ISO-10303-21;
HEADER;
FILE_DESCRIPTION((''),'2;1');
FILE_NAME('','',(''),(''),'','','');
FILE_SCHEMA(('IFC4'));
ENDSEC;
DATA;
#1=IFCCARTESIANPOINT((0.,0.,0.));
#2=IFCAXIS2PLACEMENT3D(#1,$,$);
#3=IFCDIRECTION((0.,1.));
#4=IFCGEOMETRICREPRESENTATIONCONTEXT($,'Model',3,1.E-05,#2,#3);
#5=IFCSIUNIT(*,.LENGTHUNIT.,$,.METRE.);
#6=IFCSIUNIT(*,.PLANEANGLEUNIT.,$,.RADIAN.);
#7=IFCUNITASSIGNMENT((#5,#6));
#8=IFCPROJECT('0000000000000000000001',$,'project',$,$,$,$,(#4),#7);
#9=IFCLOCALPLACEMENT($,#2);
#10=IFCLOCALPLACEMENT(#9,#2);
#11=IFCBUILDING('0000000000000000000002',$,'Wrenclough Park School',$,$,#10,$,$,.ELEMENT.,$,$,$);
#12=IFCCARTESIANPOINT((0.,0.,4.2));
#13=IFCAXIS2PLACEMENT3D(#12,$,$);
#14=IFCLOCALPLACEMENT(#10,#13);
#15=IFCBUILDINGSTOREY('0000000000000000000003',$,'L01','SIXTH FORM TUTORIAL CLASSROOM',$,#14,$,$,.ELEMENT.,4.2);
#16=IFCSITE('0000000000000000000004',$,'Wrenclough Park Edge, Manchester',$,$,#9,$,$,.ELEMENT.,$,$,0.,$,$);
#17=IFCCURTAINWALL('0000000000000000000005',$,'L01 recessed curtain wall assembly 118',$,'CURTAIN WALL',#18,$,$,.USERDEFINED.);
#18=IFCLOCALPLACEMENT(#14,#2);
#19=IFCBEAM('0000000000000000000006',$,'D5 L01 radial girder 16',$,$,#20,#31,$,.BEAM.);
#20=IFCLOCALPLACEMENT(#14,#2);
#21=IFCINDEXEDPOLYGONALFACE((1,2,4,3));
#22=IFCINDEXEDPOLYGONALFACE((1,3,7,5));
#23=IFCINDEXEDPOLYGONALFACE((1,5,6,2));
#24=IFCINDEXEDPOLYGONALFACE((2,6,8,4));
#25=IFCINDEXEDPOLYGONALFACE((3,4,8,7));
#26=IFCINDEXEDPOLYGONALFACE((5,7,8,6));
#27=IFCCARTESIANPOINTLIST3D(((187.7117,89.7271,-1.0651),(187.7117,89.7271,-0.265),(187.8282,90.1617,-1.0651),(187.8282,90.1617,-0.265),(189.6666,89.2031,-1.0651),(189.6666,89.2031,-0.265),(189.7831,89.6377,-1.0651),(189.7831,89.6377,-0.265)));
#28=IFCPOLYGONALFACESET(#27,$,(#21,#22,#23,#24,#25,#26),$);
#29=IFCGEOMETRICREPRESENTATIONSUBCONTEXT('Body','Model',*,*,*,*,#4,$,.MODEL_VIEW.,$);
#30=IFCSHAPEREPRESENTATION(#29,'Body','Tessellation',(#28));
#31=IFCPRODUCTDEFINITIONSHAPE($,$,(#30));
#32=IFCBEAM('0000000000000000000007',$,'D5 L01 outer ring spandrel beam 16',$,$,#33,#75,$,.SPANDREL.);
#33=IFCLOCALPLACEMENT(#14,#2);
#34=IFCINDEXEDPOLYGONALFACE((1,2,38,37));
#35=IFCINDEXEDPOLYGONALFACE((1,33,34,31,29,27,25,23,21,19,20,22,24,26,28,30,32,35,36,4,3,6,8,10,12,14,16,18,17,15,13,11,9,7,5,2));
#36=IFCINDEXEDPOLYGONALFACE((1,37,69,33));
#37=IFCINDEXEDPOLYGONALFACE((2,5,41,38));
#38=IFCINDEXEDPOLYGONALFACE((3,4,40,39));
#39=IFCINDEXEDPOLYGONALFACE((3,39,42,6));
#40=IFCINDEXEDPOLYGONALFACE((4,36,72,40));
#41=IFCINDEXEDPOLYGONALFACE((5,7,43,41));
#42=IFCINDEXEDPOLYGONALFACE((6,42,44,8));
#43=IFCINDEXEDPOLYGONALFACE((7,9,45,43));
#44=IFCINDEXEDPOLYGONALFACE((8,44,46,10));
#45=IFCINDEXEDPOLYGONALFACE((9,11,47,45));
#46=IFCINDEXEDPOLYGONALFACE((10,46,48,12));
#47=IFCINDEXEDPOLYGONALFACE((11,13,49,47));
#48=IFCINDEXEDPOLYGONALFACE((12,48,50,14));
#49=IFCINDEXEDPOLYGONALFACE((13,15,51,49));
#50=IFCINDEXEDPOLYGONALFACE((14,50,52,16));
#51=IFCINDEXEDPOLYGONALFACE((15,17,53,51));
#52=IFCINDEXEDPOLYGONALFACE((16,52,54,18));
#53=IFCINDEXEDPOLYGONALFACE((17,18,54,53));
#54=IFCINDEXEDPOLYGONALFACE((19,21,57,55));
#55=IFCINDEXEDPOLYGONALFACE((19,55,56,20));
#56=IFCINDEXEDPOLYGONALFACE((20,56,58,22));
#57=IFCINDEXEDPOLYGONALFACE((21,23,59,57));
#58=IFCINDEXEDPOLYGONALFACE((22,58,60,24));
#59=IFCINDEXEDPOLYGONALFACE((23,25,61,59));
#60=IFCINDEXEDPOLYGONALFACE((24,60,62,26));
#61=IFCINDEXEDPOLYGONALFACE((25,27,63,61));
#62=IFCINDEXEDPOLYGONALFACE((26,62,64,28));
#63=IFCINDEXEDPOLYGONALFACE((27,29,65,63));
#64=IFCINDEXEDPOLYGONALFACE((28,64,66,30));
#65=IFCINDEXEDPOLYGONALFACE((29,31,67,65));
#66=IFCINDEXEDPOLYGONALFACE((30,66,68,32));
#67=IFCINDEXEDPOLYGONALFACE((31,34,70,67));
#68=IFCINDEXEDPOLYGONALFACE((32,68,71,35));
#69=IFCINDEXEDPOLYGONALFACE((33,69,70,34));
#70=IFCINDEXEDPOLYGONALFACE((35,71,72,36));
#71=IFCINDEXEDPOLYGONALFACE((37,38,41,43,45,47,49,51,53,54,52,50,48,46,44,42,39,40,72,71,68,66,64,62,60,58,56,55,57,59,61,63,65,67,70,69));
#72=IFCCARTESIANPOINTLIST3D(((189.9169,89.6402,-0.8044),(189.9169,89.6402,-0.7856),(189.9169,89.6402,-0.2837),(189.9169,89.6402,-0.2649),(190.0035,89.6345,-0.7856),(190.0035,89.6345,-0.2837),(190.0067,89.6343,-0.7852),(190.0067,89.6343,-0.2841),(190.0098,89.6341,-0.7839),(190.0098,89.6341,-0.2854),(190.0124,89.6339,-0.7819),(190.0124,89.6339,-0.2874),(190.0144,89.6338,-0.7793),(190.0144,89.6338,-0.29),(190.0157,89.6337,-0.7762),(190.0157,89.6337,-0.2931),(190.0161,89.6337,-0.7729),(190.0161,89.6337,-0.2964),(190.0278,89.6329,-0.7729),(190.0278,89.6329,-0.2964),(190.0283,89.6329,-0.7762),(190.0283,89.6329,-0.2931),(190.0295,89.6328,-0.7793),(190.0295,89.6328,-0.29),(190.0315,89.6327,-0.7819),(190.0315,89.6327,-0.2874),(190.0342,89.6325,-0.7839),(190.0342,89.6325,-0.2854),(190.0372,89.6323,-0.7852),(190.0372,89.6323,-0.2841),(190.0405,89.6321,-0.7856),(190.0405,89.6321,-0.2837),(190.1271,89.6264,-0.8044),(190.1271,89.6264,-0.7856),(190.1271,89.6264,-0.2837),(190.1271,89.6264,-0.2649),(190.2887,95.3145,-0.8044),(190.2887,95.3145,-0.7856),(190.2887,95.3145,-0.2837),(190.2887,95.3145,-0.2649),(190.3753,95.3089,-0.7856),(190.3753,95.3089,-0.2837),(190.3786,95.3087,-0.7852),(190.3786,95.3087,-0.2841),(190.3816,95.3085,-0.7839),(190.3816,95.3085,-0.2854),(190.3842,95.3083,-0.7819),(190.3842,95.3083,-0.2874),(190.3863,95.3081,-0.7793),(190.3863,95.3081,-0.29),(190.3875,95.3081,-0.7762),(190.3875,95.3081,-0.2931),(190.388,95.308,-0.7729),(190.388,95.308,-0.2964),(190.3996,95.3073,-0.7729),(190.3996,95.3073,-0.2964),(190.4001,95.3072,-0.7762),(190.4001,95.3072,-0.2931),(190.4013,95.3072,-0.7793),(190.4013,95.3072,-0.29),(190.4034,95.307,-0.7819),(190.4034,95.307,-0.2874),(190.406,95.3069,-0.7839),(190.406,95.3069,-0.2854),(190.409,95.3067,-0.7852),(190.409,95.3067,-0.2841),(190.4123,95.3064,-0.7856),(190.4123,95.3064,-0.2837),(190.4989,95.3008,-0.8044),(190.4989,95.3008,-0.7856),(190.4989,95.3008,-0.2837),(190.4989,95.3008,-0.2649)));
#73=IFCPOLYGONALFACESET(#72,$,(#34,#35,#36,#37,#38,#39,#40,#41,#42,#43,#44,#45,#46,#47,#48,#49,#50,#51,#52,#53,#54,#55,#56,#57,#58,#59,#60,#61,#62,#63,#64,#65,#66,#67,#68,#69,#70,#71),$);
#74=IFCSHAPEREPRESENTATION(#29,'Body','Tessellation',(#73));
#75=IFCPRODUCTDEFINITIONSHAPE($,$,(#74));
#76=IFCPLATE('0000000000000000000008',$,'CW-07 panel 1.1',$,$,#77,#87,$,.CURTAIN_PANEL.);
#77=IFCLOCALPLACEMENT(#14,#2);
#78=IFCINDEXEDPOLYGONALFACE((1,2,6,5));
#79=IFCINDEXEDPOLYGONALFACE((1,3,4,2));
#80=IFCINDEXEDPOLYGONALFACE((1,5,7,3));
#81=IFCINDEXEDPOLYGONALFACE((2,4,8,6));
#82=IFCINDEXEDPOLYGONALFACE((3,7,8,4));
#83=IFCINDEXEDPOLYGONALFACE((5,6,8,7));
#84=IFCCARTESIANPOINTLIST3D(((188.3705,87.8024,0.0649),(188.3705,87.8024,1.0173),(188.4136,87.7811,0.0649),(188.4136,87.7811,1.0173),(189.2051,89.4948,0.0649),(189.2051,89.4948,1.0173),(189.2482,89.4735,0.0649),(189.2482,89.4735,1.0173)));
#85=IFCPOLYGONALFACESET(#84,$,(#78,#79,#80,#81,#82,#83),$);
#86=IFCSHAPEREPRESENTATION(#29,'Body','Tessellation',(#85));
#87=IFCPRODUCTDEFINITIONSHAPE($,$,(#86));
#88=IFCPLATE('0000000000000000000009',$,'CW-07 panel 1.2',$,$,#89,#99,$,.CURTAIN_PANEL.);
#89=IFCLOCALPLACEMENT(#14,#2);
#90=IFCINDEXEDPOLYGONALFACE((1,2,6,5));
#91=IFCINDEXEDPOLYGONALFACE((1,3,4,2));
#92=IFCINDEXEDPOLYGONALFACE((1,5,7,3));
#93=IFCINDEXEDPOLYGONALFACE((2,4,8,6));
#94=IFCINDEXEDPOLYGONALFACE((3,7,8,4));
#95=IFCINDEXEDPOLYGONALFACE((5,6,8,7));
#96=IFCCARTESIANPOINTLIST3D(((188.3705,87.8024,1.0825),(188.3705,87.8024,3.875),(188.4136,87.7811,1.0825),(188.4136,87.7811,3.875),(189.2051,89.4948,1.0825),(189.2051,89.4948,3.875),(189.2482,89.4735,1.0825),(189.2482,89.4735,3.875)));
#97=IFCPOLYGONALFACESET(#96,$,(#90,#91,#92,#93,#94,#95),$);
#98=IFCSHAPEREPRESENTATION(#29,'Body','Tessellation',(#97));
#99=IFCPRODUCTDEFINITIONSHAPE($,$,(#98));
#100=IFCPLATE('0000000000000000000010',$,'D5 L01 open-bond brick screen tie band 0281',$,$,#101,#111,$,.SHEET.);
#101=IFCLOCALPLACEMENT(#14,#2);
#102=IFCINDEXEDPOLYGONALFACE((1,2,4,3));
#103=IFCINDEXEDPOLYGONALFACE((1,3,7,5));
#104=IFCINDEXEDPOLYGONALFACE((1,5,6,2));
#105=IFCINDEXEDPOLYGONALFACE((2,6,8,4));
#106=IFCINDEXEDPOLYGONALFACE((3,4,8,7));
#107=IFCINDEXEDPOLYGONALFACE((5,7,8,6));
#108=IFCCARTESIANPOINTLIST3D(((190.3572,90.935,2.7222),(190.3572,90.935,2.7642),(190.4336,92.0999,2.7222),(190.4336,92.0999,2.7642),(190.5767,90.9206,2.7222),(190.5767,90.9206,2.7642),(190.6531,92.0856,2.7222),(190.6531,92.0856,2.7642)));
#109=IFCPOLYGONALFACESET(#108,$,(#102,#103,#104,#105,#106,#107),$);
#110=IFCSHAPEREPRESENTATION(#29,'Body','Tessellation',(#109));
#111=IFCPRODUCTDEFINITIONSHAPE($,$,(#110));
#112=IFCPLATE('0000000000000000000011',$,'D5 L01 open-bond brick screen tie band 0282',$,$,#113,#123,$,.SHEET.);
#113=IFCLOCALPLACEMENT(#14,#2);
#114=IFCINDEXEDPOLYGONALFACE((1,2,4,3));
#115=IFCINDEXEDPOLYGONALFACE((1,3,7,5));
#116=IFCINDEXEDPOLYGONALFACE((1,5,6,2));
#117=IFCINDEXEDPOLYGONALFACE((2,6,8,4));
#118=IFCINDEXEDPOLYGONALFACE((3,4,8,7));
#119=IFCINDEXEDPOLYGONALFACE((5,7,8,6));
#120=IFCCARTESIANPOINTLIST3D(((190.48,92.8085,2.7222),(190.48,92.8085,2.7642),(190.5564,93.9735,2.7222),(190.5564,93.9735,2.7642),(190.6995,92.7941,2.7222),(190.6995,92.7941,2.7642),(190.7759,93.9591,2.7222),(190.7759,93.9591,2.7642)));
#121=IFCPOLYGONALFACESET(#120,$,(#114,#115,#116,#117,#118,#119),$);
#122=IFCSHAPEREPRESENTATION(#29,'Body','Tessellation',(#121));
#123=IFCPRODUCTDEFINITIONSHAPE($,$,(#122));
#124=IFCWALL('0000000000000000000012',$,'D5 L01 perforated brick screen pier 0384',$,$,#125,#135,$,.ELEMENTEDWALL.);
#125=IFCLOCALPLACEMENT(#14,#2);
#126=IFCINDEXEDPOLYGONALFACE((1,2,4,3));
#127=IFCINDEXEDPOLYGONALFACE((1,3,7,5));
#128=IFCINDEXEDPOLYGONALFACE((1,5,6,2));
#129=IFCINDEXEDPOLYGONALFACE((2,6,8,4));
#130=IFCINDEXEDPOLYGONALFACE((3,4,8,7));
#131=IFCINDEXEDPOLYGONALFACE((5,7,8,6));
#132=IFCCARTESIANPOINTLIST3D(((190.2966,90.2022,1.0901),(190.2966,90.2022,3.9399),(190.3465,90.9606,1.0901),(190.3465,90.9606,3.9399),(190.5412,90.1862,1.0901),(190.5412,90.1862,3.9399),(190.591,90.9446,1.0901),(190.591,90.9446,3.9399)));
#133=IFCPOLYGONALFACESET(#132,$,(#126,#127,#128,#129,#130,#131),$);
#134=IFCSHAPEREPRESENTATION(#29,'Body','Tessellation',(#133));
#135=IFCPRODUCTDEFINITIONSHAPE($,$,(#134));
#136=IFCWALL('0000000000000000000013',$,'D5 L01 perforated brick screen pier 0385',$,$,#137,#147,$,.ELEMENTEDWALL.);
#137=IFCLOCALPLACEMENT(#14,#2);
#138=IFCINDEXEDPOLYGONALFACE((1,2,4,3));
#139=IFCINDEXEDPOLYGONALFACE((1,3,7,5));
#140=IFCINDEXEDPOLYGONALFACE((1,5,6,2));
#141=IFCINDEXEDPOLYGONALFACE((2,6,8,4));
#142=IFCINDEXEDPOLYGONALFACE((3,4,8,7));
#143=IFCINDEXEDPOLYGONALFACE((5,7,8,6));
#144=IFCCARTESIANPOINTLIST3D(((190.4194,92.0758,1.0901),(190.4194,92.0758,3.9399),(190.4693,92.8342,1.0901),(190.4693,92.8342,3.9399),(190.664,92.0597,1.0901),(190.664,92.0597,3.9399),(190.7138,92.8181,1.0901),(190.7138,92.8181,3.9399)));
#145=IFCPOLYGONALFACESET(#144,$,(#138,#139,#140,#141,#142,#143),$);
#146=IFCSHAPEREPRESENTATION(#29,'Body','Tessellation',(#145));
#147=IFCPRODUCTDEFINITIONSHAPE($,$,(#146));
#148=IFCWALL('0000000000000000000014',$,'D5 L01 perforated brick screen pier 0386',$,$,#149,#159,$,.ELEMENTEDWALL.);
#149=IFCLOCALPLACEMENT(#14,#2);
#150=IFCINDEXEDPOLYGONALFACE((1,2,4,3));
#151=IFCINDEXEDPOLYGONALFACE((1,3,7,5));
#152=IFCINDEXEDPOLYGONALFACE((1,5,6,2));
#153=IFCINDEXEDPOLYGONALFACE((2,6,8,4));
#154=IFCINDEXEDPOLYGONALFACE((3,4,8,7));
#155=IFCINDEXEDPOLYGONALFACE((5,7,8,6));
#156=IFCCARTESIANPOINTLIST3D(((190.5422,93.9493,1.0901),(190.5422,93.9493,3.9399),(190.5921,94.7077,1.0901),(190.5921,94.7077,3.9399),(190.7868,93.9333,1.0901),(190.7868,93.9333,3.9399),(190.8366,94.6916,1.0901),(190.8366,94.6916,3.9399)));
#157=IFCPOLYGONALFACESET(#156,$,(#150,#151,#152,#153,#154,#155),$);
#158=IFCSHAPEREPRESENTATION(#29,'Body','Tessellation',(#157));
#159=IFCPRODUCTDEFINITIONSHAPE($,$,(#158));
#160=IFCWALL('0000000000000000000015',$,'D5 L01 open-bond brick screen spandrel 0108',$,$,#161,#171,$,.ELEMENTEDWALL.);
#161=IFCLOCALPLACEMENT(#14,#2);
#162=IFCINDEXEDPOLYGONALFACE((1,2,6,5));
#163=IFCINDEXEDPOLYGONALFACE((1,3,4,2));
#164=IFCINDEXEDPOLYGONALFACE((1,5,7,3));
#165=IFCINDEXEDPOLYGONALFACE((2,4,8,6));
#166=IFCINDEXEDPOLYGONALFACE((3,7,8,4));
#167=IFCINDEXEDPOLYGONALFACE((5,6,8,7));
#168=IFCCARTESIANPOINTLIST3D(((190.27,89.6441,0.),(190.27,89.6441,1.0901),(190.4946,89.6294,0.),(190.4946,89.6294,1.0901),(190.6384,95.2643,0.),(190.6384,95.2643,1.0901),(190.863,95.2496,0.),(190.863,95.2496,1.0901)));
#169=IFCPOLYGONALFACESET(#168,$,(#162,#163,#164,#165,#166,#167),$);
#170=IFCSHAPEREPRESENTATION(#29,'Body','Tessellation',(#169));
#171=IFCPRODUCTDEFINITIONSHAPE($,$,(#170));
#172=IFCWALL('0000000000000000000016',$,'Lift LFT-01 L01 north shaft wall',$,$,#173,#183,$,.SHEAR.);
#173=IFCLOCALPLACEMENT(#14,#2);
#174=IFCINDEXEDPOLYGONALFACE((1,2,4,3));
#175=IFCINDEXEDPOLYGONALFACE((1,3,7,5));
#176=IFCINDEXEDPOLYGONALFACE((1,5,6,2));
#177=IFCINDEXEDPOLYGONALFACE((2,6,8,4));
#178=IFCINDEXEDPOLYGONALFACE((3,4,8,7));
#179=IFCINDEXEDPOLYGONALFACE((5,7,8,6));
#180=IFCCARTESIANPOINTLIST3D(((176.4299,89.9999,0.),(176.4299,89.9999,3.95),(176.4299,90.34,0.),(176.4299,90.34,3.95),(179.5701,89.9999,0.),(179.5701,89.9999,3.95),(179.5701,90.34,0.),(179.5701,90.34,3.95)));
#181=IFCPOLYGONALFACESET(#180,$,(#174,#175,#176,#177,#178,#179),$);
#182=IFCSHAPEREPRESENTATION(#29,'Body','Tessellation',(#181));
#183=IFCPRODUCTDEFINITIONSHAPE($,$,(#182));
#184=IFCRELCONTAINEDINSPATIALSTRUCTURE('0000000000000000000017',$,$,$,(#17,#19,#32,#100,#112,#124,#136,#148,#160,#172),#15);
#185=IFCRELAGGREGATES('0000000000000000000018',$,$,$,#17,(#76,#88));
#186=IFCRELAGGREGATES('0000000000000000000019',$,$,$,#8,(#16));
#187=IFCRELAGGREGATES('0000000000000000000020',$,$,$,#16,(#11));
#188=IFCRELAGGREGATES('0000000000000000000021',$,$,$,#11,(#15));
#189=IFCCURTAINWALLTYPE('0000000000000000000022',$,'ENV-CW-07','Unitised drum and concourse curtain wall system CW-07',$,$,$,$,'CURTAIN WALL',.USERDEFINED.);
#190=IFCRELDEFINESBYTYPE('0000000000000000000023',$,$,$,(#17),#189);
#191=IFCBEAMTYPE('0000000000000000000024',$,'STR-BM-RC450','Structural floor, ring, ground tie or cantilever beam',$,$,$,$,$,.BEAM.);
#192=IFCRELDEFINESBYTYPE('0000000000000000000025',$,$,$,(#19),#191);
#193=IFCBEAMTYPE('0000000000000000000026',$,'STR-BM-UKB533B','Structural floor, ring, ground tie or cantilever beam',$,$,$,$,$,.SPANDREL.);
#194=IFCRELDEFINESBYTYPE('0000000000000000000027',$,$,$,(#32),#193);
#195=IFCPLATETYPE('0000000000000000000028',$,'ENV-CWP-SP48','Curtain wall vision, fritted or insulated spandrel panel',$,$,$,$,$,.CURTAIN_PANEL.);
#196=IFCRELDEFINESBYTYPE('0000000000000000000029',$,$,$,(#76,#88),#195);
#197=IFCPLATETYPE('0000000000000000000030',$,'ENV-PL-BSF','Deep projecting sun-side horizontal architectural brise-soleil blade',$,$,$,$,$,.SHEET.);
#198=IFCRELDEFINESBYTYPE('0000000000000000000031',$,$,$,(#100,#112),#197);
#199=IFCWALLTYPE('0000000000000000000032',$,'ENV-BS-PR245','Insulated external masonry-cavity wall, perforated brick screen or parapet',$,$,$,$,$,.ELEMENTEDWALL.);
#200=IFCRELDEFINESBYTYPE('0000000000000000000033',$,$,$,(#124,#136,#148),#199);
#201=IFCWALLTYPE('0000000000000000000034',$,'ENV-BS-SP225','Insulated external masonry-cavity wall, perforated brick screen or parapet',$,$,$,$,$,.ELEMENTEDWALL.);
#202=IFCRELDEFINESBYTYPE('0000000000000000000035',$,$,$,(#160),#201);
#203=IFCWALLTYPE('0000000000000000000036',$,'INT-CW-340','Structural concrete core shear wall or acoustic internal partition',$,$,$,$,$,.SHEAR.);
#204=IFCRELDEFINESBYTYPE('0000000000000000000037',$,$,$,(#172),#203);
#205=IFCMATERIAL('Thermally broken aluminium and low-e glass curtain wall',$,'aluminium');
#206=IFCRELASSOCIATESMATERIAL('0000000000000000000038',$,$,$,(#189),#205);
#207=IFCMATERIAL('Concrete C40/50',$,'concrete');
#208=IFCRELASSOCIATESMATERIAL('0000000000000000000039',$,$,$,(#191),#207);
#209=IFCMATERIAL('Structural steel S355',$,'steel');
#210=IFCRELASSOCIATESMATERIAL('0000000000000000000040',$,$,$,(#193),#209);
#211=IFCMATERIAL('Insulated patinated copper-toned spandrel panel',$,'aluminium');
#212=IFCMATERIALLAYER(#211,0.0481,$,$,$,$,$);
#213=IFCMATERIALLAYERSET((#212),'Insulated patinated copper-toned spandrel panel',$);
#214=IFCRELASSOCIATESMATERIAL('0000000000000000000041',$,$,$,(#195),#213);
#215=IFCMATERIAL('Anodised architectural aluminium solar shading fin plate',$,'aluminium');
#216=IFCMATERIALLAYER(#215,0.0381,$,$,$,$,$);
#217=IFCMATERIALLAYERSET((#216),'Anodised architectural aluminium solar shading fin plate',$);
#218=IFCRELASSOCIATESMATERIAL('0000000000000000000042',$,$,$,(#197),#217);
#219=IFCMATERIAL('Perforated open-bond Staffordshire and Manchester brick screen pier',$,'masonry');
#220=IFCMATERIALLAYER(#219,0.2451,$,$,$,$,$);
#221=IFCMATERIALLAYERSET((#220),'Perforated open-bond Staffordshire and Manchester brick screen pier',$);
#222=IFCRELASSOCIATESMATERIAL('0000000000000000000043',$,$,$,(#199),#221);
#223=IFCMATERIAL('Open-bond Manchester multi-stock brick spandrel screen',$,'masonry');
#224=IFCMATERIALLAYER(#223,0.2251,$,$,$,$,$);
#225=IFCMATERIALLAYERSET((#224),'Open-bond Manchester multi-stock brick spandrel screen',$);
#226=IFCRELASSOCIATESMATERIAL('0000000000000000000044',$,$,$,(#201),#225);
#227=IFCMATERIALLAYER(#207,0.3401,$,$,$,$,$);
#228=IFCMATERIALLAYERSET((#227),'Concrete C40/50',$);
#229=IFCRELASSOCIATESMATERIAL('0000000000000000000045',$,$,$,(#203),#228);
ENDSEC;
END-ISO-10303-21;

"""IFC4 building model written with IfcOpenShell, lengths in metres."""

from ifc_helpers import new_model, si_unit, direction, frame, frame_2d, origin, origin_2d, place, context, subcontext, project, spatial, rectangle, i_section, extrude, material, layer, layer_set, material_profile, profile_set, type_object, element, aggregate, save


model = new_model("IFC4")

# Units and contexts
model_context = context("Model", 3, precision=1e-05, world=origin(), true_north=direction((0.0, 1.0)))
body_context = subcontext(model_context, "Body", "Model", "MODEL_VIEW")
ifc_project = project(units=[si_unit("LENGTHUNIT", "METRE"), si_unit("PLANEANGLEUNIT", "RADIAN")], contexts=[model_context])

# Site, building, storey
site_placement = place(None, origin())
site = spatial("IfcSite", under=ifc_project, at=site_placement, Name="Wrenclough Park Edge, Manchester", CompositionType="ELEMENT", RefElevation=0.0)
building_placement = place(site_placement, origin())
building = spatial("IfcBuilding", under=site, at=building_placement, Name="Wrenclough Park School", CompositionType="ELEMENT")
storey_placement = place(building_placement, frame((0.0, 0.0, 4.2)))
storey = spatial("IfcBuildingStorey", under=building, at=storey_placement, Name="L01", Description="SIXTH FORM TUTORIAL CLASSROOM", CompositionType="ELEMENT", Elevation=4.2)

# Shared definitions
ifc_material_1 = material(Name="Concrete C40/50", Category="concrete")

# Curtain wall
ifc_material_2 = material(Name="Thermally broken aluminium and low-e glass curtain wall", Category="aluminium")
curtain_wall_type = type_object("IfcCurtainWallType", Name="ENV-CW-07", Description="Unitised drum and concourse curtain wall system CW-07", ElementType="CURTAIN WALL", PredefinedType="USERDEFINED", material=ifc_material_2)
curtain_wall_placement = place(storey_placement, origin())
curtain_wall = element("IfcCurtainWall", 1, at=curtain_wall_placement, inside=storey, type_object=curtain_wall_type, Name="L01 recessed curtain wall assembly 118", ObjectType="CURTAIN WALL", PredefinedType="USERDEFINED")

# Beams
ifc_material_profile_1 = material_profile(ifc_material_1, rectangle(XDim=0.45, YDim=0.8, at=origin_2d()), Name="RC BEAM 450x800")
ifc_profile_set_1 = profile_set([ifc_material_profile_1], Name="Concrete C40/50")
beam_type_1 = type_object("IfcBeamType", Name="STR-BM-RC450", Description="Structural floor, ring, ground tie or cantilever beam", PredefinedType="BEAM", material=ifc_profile_set_1)
beam_1_placement = place(storey_placement, frame((189.7249, 89.4204, -0.665), z_axis=(-0.96591, 0.258879, 0.0), x_axis=(-0.258879, -0.96591, 0.0)))
element("IfcBeam", 2, at=beam_1_placement, inside=storey, type_object=beam_type_1, Name="D5 L01 radial girder 16", PredefinedType="BEAM", context=body_context, shape_type="SweptSolid", body=[
    extrude(rectangle(XDim=0.45, YDim=0.8, at=origin_2d()), origin(), (0.0, 0.0, 1.0), 2.0239),
])
ifc_material_3 = material(Name="Structural steel S355", Category="steel")
ifc_material_profile_2 = material_profile(ifc_material_3, i_section(OverallWidth=0.2107, OverallDepth=0.5396, WebThickness=0.0117, FlangeThickness=0.0188, FilletRadius=0.0127, at=origin_2d()), Name="UKB 533x210x109")
ifc_profile_set_2 = profile_set([ifc_material_profile_2], Name="Structural steel S355")
beam_type_2 = type_object("IfcBeamType", Name="STR-BM-UKB533B", Description="Structural floor, ring, ground tie or cantilever beam", PredefinedType="SPANDREL", material=ifc_profile_set_2)
beam_2_placement = place(storey_placement, frame((190.022, 89.6333, -0.5347), z_axis=(0.065388, 0.99786, 0.0), x_axis=(-0.99786, 0.065388, 0.0)))
element("IfcBeam", 3, at=beam_2_placement, inside=storey, type_object=beam_type_2, Name="D5 L01 outer ring spandrel beam 16", PredefinedType="SPANDREL", context=body_context, shape_type="SweptSolid", body=[
    extrude(i_section(OverallWidth=0.2107, OverallDepth=0.5396, WebThickness=0.0117, FlangeThickness=0.0188, FilletRadius=0.0127, at=origin_2d()), origin(), (0.0, 0.0, 1.0), 5.6865),
])

# Plates
ifc_material_4 = material(Name="Insulated patinated copper-toned spandrel panel", Category="aluminium")
ifc_layer_1 = layer(ifc_material_4, 0.0481)
ifc_layer_set_1 = layer_set([ifc_layer_1], Name="Insulated patinated copper-toned spandrel panel")
plate_type_1 = type_object("IfcPlateType", Name="ENV-CWP-SP48", Description="Curtain wall vision, fritted or insulated spandrel panel", PredefinedType="CURTAIN_PANEL", material=ifc_layer_set_1)
plate_1_placement = place(storey_placement, frame((188.8093, 88.6379, 0.0649), z_axis=(0.0, 0.0, 1.0), x_axis=(-0.442302, -0.896866, 0.0)))
plate_1 = element("IfcPlate", 4, at=plate_1_placement, type_object=plate_type_1, Name="CW-07 panel 1.1", PredefinedType="CURTAIN_PANEL", context=body_context, shape_type="SweptSolid", body=[
    extrude(rectangle(XDim=1.887, YDim=0.0481, at=origin_2d()), origin(), (0.0, 0.0, 1.0), 0.9524),
])
plate_2_placement = place(storey_placement, frame((188.8093, 88.6379, 1.0825), z_axis=(0.0, 0.0, 1.0), x_axis=(-0.442302, -0.896866, 0.0)))
plate_2 = element("IfcPlate", 5, at=plate_2_placement, type_object=plate_type_1, Name="CW-07 panel 1.2", PredefinedType="CURTAIN_PANEL", context=body_context, shape_type="SweptSolid", body=[
    extrude(rectangle(XDim=1.887, YDim=0.0481, at=origin_2d()), origin(), (0.0, 0.0, 1.0), 2.7925),
])
aggregate(curtain_wall, [plate_1, plate_2])

# Plates
ifc_material_5 = material(Name="Anodised architectural aluminium solar shading fin plate", Category="aluminium")
ifc_layer_2 = layer(ifc_material_5, 0.0381)
ifc_layer_set_2 = layer_set([ifc_layer_2], Name="Anodised architectural aluminium solar shading fin plate")
plate_type_2 = type_object("IfcPlateType", Name="ENV-PL-BSF", Description="Deep projecting sun-side horizontal architectural brise-soleil blade", PredefinedType="SHEET", material=ifc_layer_set_2)
for number, where, z_axis, x_axis, name in (
    (6, (190.5051, 91.5103, 2.7222), (0.0, 0.0, 1.0), (0.065407, 0.997859, 0.0), "D5 L01 open-bond brick screen tie band 0281"),
    (7, (190.6279, 93.3838, 2.7222), (0.0, 0.0, 1.0), (0.065407, 0.997859, 0.0), "D5 L01 open-bond brick screen tie band 0282"),
):
    element("IfcPlate", number, at=place(storey_placement, frame(where, z_axis=z_axis, x_axis=x_axis)), inside=storey, type_object=plate_type_2, Name=name, PredefinedType="SHEET", context=body_context, shape_type="SweptSolid", body=[
        extrude(rectangle(XDim=1.1675, YDim=0.22, at=origin_2d()), origin(), (0.0, 0.0, 1.0), 0.042),
    ])

# Walls
ifc_material_6 = material(Name="Perforated open-bond Staffordshire and Manchester brick screen pier", Category="masonry")
ifc_layer_3 = layer(ifc_material_6, 0.2451)
ifc_layer_set_3 = layer_set([ifc_layer_3], Name="Perforated open-bond Staffordshire and Manchester brick screen pier")
wall_type_1 = type_object("IfcWallType", Name="ENV-BS-PR245", Description="Insulated external masonry-cavity wall, perforated brick screen or parapet", PredefinedType="ELEMENTEDWALL", material=ifc_layer_set_3)
for number, where, z_axis, x_axis, name in (
    (8, (190.4189, 90.1943, 1.0901), (0.0, 0.0, 1.0), (0.065538, 0.99785, 0.0), "D5 L01 perforated brick screen pier 0384"),
    (9, (190.5417, 92.0679, 1.0901), (0.0, 0.0, 1.0), (0.065538, 0.99785, 0.0), "D5 L01 perforated brick screen pier 0385"),
    (10, (190.6646, 93.9414, 1.0901), (0.0, 0.0, 1.0), (0.065538, 0.99785, 0.0), "D5 L01 perforated brick screen pier 0386"),
):
    element("IfcWall", number, at=place(storey_placement, frame(where, z_axis=z_axis, x_axis=x_axis)), inside=storey, type_object=wall_type_1, Name=name, PredefinedType="ELEMENTEDWALL", context=body_context, shape_type="SweptSolid", body=[
        extrude(rectangle(XDim=0.76, YDim=0.2451, at=frame_2d((0.3799, 0.0))), origin(), (0.0, 0.0, 1.0), 2.8499),
    ])
ifc_material_7 = material(Name="Open-bond Manchester multi-stock brick spandrel screen", Category="masonry")
ifc_layer_4 = layer(ifc_material_7, 0.2251)
ifc_layer_set_4 = layer_set([ifc_layer_4], Name="Open-bond Manchester multi-stock brick spandrel screen")
wall_type_2 = type_object("IfcWallType", Name="ENV-BS-SP225", Description="Insulated external masonry-cavity wall, perforated brick screen or parapet", PredefinedType="ELEMENTEDWALL", material=ifc_layer_set_4)
wall_1_placement = place(storey_placement, frame((190.3823, 89.6367, 0.0), z_axis=(0.0, 0.0, 1.0), x_axis=(0.065408, 0.997859, 0.0)))
element("IfcWall", 11, at=wall_1_placement, inside=storey, type_object=wall_type_2, Name="D5 L01 open-bond brick screen spandrel 0108", PredefinedType="ELEMENTEDWALL", context=body_context, shape_type="SweptSolid", body=[
    extrude(rectangle(XDim=5.6323, YDim=0.2251, at=frame_2d((2.8162, 0.0))), origin(), (0.0, 0.0, 1.0), 1.0901),
])
ifc_layer_5 = layer(ifc_material_1, 0.3401)
ifc_layer_set_5 = layer_set([ifc_layer_5], Name="Concrete C40/50")
wall_type_3 = type_object("IfcWallType", Name="INT-CW-340", Description="Structural concrete core shear wall or acoustic internal partition", PredefinedType="SHEAR", material=ifc_layer_set_5)
wall_2_placement = place(storey_placement, frame((179.5701, 90.1699, 0.0), z_axis=(0.0, 0.0, 1.0), x_axis=(-1.0, 0.0, 0.0)))
element("IfcWall", 12, at=wall_2_placement, inside=storey, type_object=wall_type_3, Name="Lift LFT-01 L01 north shaft wall", PredefinedType="SHEAR", context=body_context, shape_type="SweptSolid", body=[
    extrude(rectangle(XDim=3.1401, YDim=0.3401, at=frame_2d((1.5701, 0.0))), origin(), (0.0, 0.0, 1.0), 3.95),
])

save(model, "model.ifc")
